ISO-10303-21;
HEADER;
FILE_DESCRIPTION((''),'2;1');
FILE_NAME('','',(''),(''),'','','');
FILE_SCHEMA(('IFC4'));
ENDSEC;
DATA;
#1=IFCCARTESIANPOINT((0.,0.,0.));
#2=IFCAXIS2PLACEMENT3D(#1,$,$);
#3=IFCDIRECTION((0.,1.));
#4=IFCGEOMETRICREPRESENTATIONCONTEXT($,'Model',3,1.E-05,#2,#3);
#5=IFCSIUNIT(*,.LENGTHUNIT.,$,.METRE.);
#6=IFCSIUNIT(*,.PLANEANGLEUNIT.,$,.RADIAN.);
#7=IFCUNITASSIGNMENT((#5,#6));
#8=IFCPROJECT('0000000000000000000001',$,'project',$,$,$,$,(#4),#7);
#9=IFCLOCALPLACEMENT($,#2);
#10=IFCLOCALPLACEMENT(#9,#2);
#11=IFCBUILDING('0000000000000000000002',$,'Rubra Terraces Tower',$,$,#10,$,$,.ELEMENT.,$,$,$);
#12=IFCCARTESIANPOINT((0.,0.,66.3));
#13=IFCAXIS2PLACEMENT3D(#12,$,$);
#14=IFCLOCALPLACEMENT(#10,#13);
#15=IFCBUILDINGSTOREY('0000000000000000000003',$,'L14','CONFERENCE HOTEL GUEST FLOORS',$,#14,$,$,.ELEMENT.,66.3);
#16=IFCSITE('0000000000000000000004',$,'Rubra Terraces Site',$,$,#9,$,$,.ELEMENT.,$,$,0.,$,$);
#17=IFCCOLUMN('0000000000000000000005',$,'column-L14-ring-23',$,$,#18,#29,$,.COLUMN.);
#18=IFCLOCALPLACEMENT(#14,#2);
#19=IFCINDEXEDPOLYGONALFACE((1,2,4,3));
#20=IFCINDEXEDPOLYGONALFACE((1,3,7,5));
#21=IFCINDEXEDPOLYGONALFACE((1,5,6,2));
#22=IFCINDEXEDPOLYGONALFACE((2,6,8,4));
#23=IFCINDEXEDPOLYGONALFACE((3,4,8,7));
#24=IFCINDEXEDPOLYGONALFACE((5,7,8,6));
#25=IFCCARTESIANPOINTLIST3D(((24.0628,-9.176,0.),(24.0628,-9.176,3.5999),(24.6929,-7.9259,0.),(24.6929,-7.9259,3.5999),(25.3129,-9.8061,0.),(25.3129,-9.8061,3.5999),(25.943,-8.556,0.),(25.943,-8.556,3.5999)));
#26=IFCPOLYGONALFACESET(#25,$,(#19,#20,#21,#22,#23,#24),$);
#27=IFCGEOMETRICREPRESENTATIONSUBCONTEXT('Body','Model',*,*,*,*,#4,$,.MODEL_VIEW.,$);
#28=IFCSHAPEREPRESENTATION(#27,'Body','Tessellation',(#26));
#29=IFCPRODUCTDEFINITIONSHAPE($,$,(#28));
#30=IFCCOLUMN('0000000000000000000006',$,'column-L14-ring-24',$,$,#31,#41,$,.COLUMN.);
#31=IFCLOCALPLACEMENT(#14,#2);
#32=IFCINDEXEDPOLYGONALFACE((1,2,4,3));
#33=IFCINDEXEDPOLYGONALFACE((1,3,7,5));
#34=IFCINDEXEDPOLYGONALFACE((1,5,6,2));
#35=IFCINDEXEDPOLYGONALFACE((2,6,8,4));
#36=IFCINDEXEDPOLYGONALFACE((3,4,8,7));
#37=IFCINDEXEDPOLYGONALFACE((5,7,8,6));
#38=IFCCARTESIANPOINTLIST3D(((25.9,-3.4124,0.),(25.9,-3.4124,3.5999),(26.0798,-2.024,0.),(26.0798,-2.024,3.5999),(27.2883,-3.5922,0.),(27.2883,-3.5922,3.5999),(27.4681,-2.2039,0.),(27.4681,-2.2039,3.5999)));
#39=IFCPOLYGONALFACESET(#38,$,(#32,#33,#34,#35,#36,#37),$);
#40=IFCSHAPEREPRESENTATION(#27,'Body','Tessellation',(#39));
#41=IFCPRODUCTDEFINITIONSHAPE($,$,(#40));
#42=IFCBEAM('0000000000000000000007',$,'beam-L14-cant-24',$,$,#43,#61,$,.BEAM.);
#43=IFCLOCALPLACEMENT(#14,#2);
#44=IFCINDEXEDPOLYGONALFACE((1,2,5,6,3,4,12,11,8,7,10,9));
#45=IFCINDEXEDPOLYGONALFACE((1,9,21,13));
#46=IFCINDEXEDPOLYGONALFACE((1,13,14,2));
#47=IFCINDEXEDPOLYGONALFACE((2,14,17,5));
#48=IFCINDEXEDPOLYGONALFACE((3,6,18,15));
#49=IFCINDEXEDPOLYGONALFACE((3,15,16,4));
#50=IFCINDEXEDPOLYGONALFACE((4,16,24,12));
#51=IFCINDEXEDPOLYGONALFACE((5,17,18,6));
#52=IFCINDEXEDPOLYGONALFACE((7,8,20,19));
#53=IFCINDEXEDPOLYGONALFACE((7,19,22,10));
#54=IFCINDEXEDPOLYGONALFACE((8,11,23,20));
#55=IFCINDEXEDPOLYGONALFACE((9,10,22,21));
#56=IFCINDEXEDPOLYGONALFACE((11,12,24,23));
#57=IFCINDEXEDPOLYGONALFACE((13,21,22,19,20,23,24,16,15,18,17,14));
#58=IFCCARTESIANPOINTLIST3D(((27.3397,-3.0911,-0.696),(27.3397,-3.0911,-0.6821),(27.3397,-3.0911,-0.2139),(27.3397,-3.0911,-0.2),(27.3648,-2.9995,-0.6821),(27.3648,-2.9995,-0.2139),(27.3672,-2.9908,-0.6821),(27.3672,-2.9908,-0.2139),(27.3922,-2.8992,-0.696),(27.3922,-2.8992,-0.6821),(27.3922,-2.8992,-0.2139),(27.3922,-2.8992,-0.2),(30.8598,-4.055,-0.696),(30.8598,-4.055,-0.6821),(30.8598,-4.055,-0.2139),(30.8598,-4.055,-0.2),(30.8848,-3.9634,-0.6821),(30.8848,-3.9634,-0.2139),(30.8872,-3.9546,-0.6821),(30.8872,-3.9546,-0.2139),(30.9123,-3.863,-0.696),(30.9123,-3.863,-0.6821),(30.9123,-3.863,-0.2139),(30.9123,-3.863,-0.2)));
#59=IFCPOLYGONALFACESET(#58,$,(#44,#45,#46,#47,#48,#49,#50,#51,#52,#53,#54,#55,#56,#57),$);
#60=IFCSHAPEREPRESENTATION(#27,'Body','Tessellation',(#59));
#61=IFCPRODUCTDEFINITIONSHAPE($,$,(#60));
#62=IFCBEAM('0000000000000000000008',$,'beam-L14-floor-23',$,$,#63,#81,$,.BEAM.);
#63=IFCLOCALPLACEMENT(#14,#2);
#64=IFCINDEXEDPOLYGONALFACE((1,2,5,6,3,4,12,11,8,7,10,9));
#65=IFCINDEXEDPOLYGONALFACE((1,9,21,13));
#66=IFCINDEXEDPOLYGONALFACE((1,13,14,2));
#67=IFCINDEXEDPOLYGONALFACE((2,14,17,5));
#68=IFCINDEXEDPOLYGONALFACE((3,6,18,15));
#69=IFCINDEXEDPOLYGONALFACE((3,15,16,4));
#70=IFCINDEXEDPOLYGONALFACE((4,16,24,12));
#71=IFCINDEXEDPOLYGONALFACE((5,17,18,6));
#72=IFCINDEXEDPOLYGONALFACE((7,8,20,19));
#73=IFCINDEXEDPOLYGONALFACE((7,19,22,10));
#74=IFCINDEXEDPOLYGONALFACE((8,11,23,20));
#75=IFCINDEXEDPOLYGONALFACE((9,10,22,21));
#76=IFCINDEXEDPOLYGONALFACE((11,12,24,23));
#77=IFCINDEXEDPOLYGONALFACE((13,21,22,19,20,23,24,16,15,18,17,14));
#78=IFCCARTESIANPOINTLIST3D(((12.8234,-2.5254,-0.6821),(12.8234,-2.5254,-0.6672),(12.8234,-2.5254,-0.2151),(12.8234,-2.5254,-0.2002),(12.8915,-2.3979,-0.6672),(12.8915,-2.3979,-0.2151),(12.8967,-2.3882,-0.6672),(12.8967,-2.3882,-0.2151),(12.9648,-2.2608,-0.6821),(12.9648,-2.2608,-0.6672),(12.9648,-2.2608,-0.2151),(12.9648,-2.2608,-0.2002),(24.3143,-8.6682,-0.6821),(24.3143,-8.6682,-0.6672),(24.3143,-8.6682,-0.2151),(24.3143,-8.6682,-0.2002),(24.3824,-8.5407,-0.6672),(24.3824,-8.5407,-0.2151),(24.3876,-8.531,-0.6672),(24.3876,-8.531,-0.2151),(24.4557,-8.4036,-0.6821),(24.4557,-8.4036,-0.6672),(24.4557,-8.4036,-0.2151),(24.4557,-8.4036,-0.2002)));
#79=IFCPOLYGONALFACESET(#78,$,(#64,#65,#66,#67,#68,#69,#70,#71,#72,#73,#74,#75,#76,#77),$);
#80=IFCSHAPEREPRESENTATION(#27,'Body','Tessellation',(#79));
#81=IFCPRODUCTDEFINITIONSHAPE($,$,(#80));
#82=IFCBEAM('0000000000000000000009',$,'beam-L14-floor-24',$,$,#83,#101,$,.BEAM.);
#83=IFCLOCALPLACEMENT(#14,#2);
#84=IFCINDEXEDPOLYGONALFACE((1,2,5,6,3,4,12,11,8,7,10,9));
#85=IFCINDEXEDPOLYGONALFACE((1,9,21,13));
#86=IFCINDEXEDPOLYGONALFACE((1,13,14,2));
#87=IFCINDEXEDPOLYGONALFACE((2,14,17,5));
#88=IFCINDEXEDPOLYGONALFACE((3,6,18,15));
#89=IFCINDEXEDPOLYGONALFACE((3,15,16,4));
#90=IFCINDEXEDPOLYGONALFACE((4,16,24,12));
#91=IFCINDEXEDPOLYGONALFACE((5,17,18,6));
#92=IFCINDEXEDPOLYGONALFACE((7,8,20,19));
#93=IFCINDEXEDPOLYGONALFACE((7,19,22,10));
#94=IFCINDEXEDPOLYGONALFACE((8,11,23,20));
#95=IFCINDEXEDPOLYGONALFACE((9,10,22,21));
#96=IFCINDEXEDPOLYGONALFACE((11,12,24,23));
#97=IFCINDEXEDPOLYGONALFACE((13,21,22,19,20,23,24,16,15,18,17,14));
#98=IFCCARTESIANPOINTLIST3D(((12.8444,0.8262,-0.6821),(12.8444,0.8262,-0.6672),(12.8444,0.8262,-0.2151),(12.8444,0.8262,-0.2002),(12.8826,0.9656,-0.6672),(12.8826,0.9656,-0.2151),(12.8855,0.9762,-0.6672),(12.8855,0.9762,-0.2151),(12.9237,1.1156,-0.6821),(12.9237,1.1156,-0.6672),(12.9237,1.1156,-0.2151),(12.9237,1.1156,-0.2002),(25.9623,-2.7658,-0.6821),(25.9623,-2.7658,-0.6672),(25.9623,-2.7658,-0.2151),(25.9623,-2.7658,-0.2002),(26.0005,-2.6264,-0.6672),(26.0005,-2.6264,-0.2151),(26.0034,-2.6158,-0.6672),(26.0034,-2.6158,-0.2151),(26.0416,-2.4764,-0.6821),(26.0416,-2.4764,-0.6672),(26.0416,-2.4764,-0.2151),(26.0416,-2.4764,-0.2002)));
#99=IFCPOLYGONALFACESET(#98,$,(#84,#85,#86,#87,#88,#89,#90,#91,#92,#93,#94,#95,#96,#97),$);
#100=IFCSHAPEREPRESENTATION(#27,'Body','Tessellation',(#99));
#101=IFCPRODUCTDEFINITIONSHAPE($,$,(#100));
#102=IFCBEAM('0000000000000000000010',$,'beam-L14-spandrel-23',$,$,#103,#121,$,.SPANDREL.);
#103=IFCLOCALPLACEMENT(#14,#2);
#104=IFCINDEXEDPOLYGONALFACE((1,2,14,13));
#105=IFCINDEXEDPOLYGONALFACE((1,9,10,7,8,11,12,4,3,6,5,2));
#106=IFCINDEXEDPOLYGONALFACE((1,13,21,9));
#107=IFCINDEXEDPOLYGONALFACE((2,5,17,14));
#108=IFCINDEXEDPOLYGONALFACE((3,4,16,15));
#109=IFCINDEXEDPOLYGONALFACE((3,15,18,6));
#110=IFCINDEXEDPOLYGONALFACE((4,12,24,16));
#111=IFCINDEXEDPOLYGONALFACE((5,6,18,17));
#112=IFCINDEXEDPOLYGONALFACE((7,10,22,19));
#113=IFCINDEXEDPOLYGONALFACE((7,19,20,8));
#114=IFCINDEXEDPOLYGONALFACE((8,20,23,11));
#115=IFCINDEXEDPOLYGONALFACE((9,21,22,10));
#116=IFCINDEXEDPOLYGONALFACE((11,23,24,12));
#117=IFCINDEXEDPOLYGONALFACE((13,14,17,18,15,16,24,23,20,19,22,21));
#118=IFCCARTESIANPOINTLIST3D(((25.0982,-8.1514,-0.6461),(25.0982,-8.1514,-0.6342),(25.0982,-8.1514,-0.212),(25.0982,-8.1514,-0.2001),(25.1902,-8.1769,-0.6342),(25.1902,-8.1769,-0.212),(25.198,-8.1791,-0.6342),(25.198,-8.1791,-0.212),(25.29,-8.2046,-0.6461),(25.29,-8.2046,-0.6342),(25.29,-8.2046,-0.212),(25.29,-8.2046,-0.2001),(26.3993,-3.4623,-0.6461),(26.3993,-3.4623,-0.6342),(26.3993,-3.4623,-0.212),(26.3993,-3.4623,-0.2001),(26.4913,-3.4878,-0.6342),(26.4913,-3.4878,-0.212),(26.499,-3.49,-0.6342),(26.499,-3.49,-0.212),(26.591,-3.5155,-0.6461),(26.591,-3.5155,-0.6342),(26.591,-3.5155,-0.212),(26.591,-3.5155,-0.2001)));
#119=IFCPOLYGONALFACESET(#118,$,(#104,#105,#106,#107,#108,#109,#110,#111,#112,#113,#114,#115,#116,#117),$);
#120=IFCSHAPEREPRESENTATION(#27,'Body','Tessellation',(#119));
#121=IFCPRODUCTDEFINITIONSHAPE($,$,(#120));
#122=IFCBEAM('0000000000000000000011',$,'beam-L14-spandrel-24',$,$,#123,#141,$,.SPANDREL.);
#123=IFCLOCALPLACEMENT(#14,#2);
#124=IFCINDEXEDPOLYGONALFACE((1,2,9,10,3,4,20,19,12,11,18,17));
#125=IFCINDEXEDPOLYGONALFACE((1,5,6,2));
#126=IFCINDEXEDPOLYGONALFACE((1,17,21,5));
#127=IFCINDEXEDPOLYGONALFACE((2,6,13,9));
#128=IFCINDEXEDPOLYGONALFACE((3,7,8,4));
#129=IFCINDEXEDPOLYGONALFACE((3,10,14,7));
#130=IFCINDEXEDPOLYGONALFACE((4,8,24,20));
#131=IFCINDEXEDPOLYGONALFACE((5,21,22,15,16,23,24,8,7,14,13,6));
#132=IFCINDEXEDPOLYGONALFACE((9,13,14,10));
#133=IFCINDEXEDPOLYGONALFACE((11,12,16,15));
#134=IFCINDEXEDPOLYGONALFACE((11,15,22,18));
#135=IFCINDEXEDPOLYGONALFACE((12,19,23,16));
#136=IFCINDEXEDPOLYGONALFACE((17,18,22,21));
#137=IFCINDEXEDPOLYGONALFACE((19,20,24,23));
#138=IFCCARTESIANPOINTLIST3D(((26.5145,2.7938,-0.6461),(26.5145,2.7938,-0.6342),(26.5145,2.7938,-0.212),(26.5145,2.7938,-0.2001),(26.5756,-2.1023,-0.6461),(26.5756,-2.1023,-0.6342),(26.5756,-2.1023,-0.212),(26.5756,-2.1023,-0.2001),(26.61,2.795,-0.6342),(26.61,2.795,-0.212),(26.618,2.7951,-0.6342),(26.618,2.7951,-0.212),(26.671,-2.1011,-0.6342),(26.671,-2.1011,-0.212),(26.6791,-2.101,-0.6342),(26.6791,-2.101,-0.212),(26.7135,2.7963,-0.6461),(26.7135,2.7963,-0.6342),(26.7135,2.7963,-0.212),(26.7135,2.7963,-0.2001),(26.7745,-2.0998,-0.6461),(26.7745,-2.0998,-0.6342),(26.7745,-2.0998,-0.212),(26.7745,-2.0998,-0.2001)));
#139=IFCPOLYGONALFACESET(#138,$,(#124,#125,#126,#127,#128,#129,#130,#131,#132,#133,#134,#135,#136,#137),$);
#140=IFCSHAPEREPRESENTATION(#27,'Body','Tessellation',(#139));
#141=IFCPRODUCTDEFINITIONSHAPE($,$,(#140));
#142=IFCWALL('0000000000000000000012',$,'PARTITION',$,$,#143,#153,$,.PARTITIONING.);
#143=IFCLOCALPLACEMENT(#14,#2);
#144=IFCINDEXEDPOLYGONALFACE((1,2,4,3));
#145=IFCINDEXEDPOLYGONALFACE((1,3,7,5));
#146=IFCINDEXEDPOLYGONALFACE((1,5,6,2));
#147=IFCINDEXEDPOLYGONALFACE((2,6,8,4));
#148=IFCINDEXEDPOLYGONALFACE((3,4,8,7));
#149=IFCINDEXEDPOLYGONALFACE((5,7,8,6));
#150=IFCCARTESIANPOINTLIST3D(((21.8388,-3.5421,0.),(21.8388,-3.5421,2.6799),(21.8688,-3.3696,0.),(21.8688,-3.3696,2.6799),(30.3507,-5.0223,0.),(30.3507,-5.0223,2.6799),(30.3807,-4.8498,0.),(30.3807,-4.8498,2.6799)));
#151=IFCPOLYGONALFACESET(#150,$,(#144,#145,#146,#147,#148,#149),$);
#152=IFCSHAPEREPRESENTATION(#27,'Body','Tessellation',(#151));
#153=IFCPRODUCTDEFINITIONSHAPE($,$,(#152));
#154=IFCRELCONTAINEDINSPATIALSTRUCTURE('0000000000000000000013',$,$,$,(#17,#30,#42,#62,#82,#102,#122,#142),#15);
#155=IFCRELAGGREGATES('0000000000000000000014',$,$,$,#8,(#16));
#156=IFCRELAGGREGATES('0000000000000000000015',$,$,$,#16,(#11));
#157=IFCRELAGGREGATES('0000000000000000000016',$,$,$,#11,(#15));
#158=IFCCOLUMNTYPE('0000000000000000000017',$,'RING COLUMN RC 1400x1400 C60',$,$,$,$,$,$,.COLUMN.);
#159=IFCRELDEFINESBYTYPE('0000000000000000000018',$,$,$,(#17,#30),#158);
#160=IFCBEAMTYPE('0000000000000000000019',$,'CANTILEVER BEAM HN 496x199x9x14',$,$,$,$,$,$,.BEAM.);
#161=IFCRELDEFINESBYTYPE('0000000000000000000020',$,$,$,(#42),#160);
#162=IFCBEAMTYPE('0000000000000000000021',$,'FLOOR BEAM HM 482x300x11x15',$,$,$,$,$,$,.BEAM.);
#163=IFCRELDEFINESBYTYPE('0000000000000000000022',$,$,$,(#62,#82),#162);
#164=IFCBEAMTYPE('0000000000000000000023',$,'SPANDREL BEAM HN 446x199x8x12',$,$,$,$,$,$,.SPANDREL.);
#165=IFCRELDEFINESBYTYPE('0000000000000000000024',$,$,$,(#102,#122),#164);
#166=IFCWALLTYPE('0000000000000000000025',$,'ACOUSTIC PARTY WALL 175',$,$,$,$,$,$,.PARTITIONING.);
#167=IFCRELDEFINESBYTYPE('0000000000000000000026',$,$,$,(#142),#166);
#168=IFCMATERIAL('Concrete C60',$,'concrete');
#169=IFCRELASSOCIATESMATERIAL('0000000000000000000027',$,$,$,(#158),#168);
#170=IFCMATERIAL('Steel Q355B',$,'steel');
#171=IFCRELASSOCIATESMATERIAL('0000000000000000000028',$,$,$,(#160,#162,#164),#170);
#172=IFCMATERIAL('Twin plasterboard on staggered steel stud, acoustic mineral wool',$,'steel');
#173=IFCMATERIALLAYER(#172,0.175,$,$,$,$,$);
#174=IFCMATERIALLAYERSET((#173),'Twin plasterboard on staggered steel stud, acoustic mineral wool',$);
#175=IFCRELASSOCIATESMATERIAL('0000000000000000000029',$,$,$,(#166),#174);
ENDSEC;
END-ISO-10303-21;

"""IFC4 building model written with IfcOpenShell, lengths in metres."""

from ifc_helpers import new_model, si_unit, direction, frame, frame_2d, origin, origin_2d, place, context, subcontext, project, spatial, rectangle, i_section, extrude, material, layer, layer_set, material_profile, profile_set, type_object, element, save


model = new_model("IFC4")

# Units and contexts
model_context = context("Model", 3, precision=1e-05, world=origin(), true_north=direction((0.0, 1.0)))
body_context = subcontext(model_context, "Body", "Model", "MODEL_VIEW")
ifc_project = project(units=[si_unit("LENGTHUNIT", "METRE"), si_unit("PLANEANGLEUNIT", "RADIAN")], contexts=[model_context])

# Site, building, storey
site_placement = place(None, origin())
site = spatial("IfcSite", under=ifc_project, at=site_placement, Name="Rubra Terraces Site", CompositionType="ELEMENT", RefElevation=0.0)
building_placement = place(site_placement, origin())
building = spatial("IfcBuilding", under=site, at=building_placement, Name="Rubra Terraces Tower", CompositionType="ELEMENT")
storey_placement = place(building_placement, frame((0.0, 0.0, 66.3)))
storey = spatial("IfcBuildingStorey", under=building, at=storey_placement, Name="L14", Description="CONFERENCE HOTEL GUEST FLOORS", CompositionType="ELEMENT", Elevation=66.3)

# Columns
ifc_material_1 = material(Name="Concrete C60", Category="concrete")
ifc_material_profile_1 = material_profile(ifc_material_1, rectangle(XDim=1.3999, YDim=1.3999, at=origin_2d()), Name="RC 1400x1400")
ifc_profile_set_1 = profile_set([ifc_material_profile_1], Name="Concrete C60")
column_type = type_object("IfcColumnType", Name="RING COLUMN RC 1400x1400 C60", PredefinedType="COLUMN", material=ifc_profile_set_1)
for number, where, z_axis, x_axis, name in (
    (1, (25.0029, -8.866, 0.0), (0.0, 0.0, 1.0), (0.450099, 0.892979, 0.0), "column-L14-ring-23"),
    (2, (26.6841, -2.8081, 0.0), (0.0, 0.0, 1.0), (0.128445, 0.991717, 0.0), "column-L14-ring-24"),
):
    element("IfcColumn", number, at=place(storey_placement, frame(where, z_axis=z_axis, x_axis=x_axis)), inside=storey, type_object=column_type, Name=name, PredefinedType="COLUMN", context=body_context, shape_type="SweptSolid", body=[
        extrude(rectangle(XDim=1.3999, YDim=1.3999, at=origin_2d()), origin(), (0.0, 0.0, 1.0), 3.5999),
    ])

# Beams
ifc_material_2 = material(Name="Steel Q355B", Category="steel")
ifc_material_profile_2 = material_profile(ifc_material_2, i_section(OverallWidth=0.199, OverallDepth=0.4961, WebThickness=0.009, FlangeThickness=0.0139, at=origin_2d()), Name="HN 496x199x9x14")
ifc_profile_set_2 = profile_set([ifc_material_profile_2], Name="Steel Q355B")
beam_type_1 = type_object("IfcBeamType", Name="CANTILEVER BEAM HN 496x199x9x14", PredefinedType="BEAM", material=ifc_profile_set_2)
beam_1_placement = place(storey_placement, frame((27.366, -2.9951, -0.448), z_axis=(0.964495, -0.264102, 0.0), x_axis=(0.264102, 0.964495, 0.0)))
element("IfcBeam", 3, at=beam_1_placement, inside=storey, type_object=beam_type_1, Name="beam-L14-cant-24", PredefinedType="BEAM", context=body_context, shape_type="SweptSolid", body=[
    extrude(i_section(OverallWidth=0.199, OverallDepth=0.4961, WebThickness=0.009, FlangeThickness=0.0139, at=origin_2d()), origin(), (0.0, 0.0, 1.0), 3.6497),
])
ifc_material_profile_3 = material_profile(ifc_material_2, i_section(OverallWidth=0.3, OverallDepth=0.4819, WebThickness=0.011, FlangeThickness=0.0149, at=origin_2d()), Name="HM 482x300x11x15")
ifc_profile_set_3 = profile_set([ifc_material_profile_3], Name="Steel Q355B")
beam_type_2 = type_object("IfcBeamType", Name="FLOOR BEAM HM 482x300x11x15", PredefinedType="BEAM", material=ifc_profile_set_3)
beam_2_placement = place(storey_placement, frame((24.385, -8.5359, -0.4412), z_axis=(-0.881897, 0.471443, 0.0), x_axis=(-0.471443, -0.881897, 0.0)))
element("IfcBeam", 4, at=beam_2_placement, inside=storey, type_object=beam_type_2, Name="beam-L14-floor-23", PredefinedType="BEAM", context=body_context, shape_type="SweptSolid", body=[
    extrude(i_section(OverallWidth=0.3, OverallDepth=0.4819, WebThickness=0.011, FlangeThickness=0.0149, at=origin_2d()), origin(), (0.0, 0.0, 1.0), 13.0298),
])
beam_3_placement = place(storey_placement, frame((26.002, -2.6211, -0.4412), z_axis=(-0.964494, 0.264105, 0.0), x_axis=(-0.264105, -0.964494, 0.0)))
element("IfcBeam", 5, at=beam_3_placement, inside=storey, type_object=beam_type_2, Name="beam-L14-floor-24", PredefinedType="BEAM", context=body_context, shape_type="SweptSolid", body=[
    extrude(i_section(OverallWidth=0.3, OverallDepth=0.4819, WebThickness=0.011, FlangeThickness=0.0149, at=origin_2d()), origin(), (0.0, 0.0, 1.0), 13.6008),
])
ifc_material_profile_4 = material_profile(ifc_material_2, i_section(OverallWidth=0.199, OverallDepth=0.446, WebThickness=0.0081, FlangeThickness=0.012, at=origin_2d()), Name="HN 446x199x8x12")
ifc_profile_set_4 = profile_set([ifc_material_profile_4], Name="Steel Q355B")
beam_type_3 = type_object("IfcBeamType", Name="SPANDREL BEAM HN 446x199x8x12", PredefinedType="SPANDREL", material=ifc_profile_set_4)
beam_4_placement = place(storey_placement, frame((25.1941, -8.178, -0.4231), z_axis=(0.267364, 0.963595, 0.0), x_axis=(-0.963595, 0.267364, 0.0)))
element("IfcBeam", 6, at=beam_4_placement, inside=storey, type_object=beam_type_3, Name="beam-L14-spandrel-23", PredefinedType="SPANDREL", context=body_context, shape_type="SweptSolid", body=[
    extrude(i_section(OverallWidth=0.199, OverallDepth=0.446, WebThickness=0.0081, FlangeThickness=0.012, at=origin_2d()), origin(), (0.0, 0.0, 1.0), 4.8662),
])
beam_5_placement = place(storey_placement, frame((26.675, -2.1011, -0.4231), z_axis=(-0.012465, 0.999922, 0.0), x_axis=(-0.999922, -0.012465, 0.0)))
element("IfcBeam", 7, at=beam_5_placement, inside=storey, type_object=beam_type_3, Name="beam-L14-spandrel-24", PredefinedType="SPANDREL", context=body_context, shape_type="SweptSolid", body=[
    extrude(i_section(OverallWidth=0.199, OverallDepth=0.446, WebThickness=0.0081, FlangeThickness=0.012, at=origin_2d()), origin(), (0.0, 0.0, 1.0), 4.8965),
])

# Wall
ifc_material_3 = material(Name="Twin plasterboard on staggered steel stud, acoustic mineral wool", Category="steel")
ifc_layer_1 = layer(ifc_material_3, 0.175)
ifc_layer_set_1 = layer_set([ifc_layer_1], Name="Twin plasterboard on staggered steel stud, acoustic mineral wool")
wall_type_1 = type_object("IfcWallType", Name="ACOUSTIC PARTY WALL 175", PredefinedType="PARTITIONING", material=ifc_layer_set_1)
wall_1_placement = place(storey_placement, frame((30.3657, -4.936, 0.0), z_axis=(0.0, 0.0, 1.0), x_axis=(-0.985214, 0.171328, 0.0)))
element("IfcWall", 8, at=wall_1_placement, inside=storey, type_object=wall_type_1, Name="PARTITION", PredefinedType="PARTITIONING", context=body_context, shape_type="SweptSolid", body=[
    extrude(rectangle(XDim=8.6396, YDim=0.175, at=frame_2d((4.3198, 0.0))), origin(), (0.0, 0.0, 1.0), 2.6799),
])

save(model, "model.ifc")
